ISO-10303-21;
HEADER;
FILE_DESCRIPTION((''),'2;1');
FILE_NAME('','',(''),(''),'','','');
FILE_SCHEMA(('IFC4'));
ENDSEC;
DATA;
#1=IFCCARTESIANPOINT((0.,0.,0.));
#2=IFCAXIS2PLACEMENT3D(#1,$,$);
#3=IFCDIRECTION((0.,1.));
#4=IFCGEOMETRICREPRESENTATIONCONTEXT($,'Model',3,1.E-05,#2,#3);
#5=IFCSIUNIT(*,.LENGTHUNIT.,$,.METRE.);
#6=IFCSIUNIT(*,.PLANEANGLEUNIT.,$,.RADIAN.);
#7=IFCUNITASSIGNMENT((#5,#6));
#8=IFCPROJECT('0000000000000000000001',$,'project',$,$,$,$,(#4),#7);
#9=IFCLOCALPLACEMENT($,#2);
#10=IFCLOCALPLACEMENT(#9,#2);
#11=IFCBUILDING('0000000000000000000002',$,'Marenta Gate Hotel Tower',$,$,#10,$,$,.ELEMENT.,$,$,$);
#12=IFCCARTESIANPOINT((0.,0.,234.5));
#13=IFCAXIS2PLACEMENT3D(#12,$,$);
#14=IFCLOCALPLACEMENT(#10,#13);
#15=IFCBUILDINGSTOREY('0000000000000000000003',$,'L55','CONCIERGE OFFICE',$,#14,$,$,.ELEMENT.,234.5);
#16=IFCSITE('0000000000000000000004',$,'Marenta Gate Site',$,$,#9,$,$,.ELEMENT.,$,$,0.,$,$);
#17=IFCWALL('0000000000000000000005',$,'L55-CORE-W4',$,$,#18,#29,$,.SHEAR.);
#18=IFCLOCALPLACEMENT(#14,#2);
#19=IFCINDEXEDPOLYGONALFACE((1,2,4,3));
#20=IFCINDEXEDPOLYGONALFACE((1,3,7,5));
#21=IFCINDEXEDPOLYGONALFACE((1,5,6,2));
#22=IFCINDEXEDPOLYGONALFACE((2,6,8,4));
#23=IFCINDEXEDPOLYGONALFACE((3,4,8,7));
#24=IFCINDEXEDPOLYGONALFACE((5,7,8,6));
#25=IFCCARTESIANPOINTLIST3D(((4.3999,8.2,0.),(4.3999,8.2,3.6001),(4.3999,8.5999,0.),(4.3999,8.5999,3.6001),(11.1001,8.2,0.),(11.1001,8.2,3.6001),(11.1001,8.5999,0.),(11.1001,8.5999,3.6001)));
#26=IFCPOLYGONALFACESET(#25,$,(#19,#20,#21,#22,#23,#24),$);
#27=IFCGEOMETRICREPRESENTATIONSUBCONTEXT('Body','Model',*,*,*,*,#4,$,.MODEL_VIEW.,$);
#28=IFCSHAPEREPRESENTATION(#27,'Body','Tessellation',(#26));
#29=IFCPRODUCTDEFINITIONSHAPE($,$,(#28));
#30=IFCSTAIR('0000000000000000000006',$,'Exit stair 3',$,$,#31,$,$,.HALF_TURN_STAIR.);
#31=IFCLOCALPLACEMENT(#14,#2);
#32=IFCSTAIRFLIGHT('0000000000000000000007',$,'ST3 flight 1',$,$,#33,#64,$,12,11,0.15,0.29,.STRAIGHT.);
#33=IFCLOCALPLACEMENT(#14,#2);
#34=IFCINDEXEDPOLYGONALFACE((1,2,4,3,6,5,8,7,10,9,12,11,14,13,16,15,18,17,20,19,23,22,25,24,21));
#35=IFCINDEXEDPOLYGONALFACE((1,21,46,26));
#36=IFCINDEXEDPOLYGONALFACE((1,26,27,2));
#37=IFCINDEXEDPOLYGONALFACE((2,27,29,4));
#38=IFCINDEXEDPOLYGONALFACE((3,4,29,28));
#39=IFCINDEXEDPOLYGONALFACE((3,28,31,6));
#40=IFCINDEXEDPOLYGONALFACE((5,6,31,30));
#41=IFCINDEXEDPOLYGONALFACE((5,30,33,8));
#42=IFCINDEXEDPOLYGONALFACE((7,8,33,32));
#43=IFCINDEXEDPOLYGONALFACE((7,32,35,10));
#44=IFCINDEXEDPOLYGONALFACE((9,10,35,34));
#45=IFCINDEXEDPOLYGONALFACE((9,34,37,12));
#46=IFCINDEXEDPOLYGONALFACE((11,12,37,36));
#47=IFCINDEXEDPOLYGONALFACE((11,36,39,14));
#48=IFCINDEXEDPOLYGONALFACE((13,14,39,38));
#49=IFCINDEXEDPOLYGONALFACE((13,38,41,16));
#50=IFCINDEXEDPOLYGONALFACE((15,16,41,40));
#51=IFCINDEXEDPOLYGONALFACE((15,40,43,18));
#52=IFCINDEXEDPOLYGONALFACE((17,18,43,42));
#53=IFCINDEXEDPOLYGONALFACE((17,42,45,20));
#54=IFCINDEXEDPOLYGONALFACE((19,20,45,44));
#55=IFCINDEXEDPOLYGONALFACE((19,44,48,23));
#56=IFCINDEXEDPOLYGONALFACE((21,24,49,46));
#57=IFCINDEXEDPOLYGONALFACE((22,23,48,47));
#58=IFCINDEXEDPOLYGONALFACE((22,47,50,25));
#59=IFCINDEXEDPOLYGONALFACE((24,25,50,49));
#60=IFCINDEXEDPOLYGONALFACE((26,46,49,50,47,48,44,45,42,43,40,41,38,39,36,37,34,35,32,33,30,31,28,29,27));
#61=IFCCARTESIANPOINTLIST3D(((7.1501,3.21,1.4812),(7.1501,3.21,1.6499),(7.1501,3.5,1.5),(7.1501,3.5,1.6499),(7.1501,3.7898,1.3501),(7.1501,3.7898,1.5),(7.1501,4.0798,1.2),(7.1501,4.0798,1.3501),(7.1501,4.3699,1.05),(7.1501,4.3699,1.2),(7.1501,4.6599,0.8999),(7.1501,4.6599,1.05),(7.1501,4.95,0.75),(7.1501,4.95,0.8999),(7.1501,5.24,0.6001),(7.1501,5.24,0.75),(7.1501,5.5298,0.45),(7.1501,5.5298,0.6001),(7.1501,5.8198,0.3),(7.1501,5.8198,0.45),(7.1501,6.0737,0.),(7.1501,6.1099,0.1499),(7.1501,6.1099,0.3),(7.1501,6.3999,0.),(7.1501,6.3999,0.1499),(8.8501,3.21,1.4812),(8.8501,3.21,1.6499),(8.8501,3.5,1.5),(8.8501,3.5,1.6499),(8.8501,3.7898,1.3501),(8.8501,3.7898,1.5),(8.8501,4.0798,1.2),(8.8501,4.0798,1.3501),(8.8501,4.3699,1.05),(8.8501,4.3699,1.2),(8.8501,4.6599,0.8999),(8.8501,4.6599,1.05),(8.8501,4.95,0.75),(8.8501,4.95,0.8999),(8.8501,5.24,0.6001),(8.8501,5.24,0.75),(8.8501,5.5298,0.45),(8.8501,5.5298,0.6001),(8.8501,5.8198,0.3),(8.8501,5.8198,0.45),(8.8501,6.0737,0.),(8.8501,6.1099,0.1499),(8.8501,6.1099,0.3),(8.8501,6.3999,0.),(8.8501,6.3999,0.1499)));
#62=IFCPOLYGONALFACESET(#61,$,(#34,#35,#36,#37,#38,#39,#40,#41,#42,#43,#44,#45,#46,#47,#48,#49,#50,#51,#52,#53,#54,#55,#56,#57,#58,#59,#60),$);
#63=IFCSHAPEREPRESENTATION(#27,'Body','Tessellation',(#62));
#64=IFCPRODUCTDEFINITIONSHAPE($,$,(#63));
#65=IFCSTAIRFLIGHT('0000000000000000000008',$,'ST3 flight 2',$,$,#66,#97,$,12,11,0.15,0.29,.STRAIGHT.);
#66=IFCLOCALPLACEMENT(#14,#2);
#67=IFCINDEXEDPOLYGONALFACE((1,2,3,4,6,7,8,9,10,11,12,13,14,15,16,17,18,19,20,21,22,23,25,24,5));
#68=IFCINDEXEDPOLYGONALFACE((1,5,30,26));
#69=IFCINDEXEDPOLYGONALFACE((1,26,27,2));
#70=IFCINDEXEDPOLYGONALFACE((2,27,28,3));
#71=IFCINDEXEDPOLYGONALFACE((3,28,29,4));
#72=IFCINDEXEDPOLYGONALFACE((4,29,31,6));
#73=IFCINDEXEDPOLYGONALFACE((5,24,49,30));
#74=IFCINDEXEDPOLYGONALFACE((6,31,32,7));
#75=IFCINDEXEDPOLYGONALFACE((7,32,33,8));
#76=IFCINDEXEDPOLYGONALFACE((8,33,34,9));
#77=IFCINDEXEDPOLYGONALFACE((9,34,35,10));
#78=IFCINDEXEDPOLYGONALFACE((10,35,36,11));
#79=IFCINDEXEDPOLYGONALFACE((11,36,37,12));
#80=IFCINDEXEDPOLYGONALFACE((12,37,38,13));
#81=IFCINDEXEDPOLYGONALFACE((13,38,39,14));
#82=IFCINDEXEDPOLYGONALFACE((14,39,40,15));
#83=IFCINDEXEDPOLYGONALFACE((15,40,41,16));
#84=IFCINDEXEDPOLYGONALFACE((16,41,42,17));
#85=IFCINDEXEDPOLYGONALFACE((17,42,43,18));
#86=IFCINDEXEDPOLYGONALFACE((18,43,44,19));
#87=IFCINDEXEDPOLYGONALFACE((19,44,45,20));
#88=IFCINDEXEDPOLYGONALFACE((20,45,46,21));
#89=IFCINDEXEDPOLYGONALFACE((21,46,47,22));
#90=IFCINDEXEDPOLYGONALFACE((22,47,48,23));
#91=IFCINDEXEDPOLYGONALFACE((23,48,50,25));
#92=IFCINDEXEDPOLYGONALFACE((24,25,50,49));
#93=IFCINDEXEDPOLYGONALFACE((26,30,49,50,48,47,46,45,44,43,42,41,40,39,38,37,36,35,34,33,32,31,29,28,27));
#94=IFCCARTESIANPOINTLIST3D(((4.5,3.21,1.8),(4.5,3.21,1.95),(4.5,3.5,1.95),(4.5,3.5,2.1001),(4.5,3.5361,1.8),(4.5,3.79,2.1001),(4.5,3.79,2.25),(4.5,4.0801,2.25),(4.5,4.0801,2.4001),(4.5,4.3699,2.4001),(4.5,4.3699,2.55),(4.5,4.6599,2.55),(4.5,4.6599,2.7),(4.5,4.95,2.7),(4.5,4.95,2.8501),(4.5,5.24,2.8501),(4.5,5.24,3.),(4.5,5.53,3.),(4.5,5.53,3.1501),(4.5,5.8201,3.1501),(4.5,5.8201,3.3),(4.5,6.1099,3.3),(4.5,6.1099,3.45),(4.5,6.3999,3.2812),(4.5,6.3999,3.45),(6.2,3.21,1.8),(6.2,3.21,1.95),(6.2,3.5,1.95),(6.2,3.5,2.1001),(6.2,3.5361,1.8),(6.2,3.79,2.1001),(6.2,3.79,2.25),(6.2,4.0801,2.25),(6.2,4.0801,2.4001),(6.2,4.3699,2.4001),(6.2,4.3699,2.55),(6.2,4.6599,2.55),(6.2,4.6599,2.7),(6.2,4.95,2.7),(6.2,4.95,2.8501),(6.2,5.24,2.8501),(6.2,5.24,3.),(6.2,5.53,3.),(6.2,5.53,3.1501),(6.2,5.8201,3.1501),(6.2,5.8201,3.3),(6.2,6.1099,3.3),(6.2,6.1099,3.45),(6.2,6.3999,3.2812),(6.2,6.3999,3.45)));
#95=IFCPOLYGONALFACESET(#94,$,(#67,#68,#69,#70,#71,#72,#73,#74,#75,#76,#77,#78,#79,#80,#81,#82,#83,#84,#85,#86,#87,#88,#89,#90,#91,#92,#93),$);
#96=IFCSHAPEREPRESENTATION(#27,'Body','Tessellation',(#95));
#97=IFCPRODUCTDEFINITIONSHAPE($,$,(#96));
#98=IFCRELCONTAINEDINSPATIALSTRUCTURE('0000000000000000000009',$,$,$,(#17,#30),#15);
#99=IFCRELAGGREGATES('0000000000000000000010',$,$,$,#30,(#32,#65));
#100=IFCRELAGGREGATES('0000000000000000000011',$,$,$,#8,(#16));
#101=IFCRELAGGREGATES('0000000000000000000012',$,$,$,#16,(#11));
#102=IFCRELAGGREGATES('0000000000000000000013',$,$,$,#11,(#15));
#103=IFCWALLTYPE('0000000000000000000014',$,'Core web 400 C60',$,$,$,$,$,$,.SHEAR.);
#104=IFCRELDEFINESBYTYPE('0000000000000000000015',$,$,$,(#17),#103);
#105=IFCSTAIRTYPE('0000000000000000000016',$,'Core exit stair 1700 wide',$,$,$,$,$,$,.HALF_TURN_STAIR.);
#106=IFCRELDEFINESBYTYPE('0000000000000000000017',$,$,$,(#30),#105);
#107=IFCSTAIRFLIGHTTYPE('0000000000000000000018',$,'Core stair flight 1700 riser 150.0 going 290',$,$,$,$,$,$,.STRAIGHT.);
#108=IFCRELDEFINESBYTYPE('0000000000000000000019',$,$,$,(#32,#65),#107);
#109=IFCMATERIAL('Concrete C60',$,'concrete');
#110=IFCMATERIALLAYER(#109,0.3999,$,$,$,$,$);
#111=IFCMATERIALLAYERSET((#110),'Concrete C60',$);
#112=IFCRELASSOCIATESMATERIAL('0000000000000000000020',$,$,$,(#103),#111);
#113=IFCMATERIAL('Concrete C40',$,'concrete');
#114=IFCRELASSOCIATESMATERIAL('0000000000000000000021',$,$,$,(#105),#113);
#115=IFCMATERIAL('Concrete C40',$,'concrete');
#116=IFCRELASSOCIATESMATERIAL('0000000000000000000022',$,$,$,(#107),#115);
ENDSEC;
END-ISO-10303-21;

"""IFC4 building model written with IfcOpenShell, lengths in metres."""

from ifc_helpers import new_model, si_unit, direction, frame, frame_2d, origin, place, context, subcontext, project, spatial, polyline, rectangle, outline, extrude, material, layer, layer_set, type_object, element, aggregate, save


model = new_model("IFC4")

# Units and contexts
model_context = context("Model", 3, precision=1e-05, world=origin(), true_north=direction((0.0, 1.0)))
body_context = subcontext(model_context, "Body", "Model", "MODEL_VIEW")
ifc_project = project(units=[si_unit("LENGTHUNIT", "METRE"), si_unit("PLANEANGLEUNIT", "RADIAN")], contexts=[model_context])

# Site, building, storey
site_placement = place(None, origin())
site = spatial("IfcSite", under=ifc_project, at=site_placement, Name="Marenta Gate Site", CompositionType="ELEMENT", RefElevation=0.0)
building_placement = place(site_placement, origin())
building = spatial("IfcBuilding", under=site, at=building_placement, Name="Marenta Gate Hotel Tower", CompositionType="ELEMENT")
storey_placement = place(building_placement, frame((0.0, 0.0, 234.5)))
storey = spatial("IfcBuildingStorey", under=building, at=storey_placement, Name="L55", Description="CONCIERGE OFFICE", CompositionType="ELEMENT", Elevation=234.5)

# Wall
ifc_material_1 = material(Name="Concrete C60", Category="concrete")
ifc_layer_1 = layer(ifc_material_1, 0.3999)
ifc_layer_set_1 = layer_set([ifc_layer_1], Name="Concrete C60")
wall_type_1 = type_object("IfcWallType", Name="Core web 400 C60", PredefinedType="SHEAR", material=ifc_layer_set_1)
wall_1_placement = place(storey_placement, frame((4.3999, 8.3999, 0.0), z_axis=(0.0, 0.0, 1.0), x_axis=(1.0, 0.0, 0.0)))
element("IfcWall", 1, at=wall_1_placement, inside=storey, type_object=wall_type_1, Name="L55-CORE-W4", PredefinedType="SHEAR", context=body_context, shape_type="SweptSolid", body=[
    extrude(rectangle(XDim=6.7002, YDim=0.3999, at=frame_2d((3.3501, 0.0))), origin(), (0.0, 0.0, 1.0), 3.6001),
])

# Stair, stair flights
ifc_material_2 = material(Name="Concrete C40", Category="concrete")
stair_type = type_object("IfcStairType", Name="Core exit stair 1700 wide", PredefinedType="HALF_TURN_STAIR", material=ifc_material_2)
stair_placement = place(storey_placement, origin())
stair = element("IfcStair", 2, at=stair_placement, inside=storey, type_object=stair_type, Name="Exit stair 3", PredefinedType="HALF_TURN_STAIR")
ifc_material_3 = material(Name="Concrete C40", Category="concrete")
stair_flight_type = type_object("IfcStairFlightType", Name="Core stair flight 1700 riser 150.0 going 290", PredefinedType="STRAIGHT", material=ifc_material_3)
stair_flight_1_placement = place(storey_placement, frame((8.0, 6.3999, 0.0), z_axis=(0.0, 0.0, 1.0), x_axis=(0.0, -1.0, 0.0)))
stair_flight_1 = element("IfcStairFlight", 3, at=stair_flight_1_placement, type_object=stair_flight_type, Name="ST3 flight 1", NumberOfRisers=12, NumberOfTreads=11, PredefinedType="STRAIGHT", RiserHeight=0.15, TreadLength=0.29, context=body_context, shape_type="SweptSolid", body=[
    extrude(outline(polyline([(0.0, 0.0), (0.0, 0.1499), (0.29, 0.1499), (0.29, 0.3), (0.5801, 0.3), (0.5801, 0.45), (0.8701, 0.45), (0.8701, 0.6001), (1.1599, 0.6001), (1.1599, 0.75), (1.45, 0.75), (1.45, 0.8999), (1.74, 0.8999), (1.74, 1.05), (2.03, 1.05), (2.03, 1.2), (2.3201, 1.2), (2.3201, 1.3501), (2.6101, 1.3501), (2.6101, 1.5), (2.8999, 1.5), (2.8999, 1.6499), (3.1899, 1.6499), (3.1899, 1.8), (3.1899, 1.4812), (0.3262, 0.0), (0.0, 0.0)])), frame((0.0, 0.8501, 0.0), z_axis=(0.0, -1.0, 0.0), x_axis=(1.0, 0.0, 0.0)), (0.0, 0.0, 1.0), 1.7),
])
stair_flight_2_placement = place(storey_placement, frame((5.3501, 3.21, 1.8), z_axis=(0.0, 0.0, 1.0), x_axis=(0.0, 1.0, 0.0)))
stair_flight_2 = element("IfcStairFlight", 4, at=stair_flight_2_placement, type_object=stair_flight_type, Name="ST3 flight 2", NumberOfRisers=12, NumberOfTreads=11, PredefinedType="STRAIGHT", RiserHeight=0.15, TreadLength=0.29, context=body_context, shape_type="SweptSolid", body=[
    extrude(outline(polyline([(0.0, 0.0), (0.0, 0.1499), (0.29, 0.1499), (0.29, 0.3), (0.5801, 0.3), (0.5801, 0.45), (0.8701, 0.45), (0.8701, 0.6001), (1.1599, 0.6001), (1.1599, 0.75), (1.45, 0.75), (1.45, 0.8999), (1.74, 0.8999), (1.74, 1.05), (2.03, 1.05), (2.03, 1.2), (2.3201, 1.2), (2.3201, 1.3501), (2.6101, 1.3501), (2.6101, 1.5), (2.8999, 1.5), (2.8999, 1.6499), (3.1899, 1.6499), (3.1899, 1.8), (3.1899, 1.4812), (0.3262, 0.0), (0.0, 0.0)])), frame((0.0, 0.8501, 0.0), z_axis=(0.0, -1.0, 0.0), x_axis=(1.0, 0.0, 0.0)), (0.0, 0.0, 1.0), 1.7),
])
aggregate(stair, [stair_flight_1, stair_flight_2])

save(model, "model.ifc")
